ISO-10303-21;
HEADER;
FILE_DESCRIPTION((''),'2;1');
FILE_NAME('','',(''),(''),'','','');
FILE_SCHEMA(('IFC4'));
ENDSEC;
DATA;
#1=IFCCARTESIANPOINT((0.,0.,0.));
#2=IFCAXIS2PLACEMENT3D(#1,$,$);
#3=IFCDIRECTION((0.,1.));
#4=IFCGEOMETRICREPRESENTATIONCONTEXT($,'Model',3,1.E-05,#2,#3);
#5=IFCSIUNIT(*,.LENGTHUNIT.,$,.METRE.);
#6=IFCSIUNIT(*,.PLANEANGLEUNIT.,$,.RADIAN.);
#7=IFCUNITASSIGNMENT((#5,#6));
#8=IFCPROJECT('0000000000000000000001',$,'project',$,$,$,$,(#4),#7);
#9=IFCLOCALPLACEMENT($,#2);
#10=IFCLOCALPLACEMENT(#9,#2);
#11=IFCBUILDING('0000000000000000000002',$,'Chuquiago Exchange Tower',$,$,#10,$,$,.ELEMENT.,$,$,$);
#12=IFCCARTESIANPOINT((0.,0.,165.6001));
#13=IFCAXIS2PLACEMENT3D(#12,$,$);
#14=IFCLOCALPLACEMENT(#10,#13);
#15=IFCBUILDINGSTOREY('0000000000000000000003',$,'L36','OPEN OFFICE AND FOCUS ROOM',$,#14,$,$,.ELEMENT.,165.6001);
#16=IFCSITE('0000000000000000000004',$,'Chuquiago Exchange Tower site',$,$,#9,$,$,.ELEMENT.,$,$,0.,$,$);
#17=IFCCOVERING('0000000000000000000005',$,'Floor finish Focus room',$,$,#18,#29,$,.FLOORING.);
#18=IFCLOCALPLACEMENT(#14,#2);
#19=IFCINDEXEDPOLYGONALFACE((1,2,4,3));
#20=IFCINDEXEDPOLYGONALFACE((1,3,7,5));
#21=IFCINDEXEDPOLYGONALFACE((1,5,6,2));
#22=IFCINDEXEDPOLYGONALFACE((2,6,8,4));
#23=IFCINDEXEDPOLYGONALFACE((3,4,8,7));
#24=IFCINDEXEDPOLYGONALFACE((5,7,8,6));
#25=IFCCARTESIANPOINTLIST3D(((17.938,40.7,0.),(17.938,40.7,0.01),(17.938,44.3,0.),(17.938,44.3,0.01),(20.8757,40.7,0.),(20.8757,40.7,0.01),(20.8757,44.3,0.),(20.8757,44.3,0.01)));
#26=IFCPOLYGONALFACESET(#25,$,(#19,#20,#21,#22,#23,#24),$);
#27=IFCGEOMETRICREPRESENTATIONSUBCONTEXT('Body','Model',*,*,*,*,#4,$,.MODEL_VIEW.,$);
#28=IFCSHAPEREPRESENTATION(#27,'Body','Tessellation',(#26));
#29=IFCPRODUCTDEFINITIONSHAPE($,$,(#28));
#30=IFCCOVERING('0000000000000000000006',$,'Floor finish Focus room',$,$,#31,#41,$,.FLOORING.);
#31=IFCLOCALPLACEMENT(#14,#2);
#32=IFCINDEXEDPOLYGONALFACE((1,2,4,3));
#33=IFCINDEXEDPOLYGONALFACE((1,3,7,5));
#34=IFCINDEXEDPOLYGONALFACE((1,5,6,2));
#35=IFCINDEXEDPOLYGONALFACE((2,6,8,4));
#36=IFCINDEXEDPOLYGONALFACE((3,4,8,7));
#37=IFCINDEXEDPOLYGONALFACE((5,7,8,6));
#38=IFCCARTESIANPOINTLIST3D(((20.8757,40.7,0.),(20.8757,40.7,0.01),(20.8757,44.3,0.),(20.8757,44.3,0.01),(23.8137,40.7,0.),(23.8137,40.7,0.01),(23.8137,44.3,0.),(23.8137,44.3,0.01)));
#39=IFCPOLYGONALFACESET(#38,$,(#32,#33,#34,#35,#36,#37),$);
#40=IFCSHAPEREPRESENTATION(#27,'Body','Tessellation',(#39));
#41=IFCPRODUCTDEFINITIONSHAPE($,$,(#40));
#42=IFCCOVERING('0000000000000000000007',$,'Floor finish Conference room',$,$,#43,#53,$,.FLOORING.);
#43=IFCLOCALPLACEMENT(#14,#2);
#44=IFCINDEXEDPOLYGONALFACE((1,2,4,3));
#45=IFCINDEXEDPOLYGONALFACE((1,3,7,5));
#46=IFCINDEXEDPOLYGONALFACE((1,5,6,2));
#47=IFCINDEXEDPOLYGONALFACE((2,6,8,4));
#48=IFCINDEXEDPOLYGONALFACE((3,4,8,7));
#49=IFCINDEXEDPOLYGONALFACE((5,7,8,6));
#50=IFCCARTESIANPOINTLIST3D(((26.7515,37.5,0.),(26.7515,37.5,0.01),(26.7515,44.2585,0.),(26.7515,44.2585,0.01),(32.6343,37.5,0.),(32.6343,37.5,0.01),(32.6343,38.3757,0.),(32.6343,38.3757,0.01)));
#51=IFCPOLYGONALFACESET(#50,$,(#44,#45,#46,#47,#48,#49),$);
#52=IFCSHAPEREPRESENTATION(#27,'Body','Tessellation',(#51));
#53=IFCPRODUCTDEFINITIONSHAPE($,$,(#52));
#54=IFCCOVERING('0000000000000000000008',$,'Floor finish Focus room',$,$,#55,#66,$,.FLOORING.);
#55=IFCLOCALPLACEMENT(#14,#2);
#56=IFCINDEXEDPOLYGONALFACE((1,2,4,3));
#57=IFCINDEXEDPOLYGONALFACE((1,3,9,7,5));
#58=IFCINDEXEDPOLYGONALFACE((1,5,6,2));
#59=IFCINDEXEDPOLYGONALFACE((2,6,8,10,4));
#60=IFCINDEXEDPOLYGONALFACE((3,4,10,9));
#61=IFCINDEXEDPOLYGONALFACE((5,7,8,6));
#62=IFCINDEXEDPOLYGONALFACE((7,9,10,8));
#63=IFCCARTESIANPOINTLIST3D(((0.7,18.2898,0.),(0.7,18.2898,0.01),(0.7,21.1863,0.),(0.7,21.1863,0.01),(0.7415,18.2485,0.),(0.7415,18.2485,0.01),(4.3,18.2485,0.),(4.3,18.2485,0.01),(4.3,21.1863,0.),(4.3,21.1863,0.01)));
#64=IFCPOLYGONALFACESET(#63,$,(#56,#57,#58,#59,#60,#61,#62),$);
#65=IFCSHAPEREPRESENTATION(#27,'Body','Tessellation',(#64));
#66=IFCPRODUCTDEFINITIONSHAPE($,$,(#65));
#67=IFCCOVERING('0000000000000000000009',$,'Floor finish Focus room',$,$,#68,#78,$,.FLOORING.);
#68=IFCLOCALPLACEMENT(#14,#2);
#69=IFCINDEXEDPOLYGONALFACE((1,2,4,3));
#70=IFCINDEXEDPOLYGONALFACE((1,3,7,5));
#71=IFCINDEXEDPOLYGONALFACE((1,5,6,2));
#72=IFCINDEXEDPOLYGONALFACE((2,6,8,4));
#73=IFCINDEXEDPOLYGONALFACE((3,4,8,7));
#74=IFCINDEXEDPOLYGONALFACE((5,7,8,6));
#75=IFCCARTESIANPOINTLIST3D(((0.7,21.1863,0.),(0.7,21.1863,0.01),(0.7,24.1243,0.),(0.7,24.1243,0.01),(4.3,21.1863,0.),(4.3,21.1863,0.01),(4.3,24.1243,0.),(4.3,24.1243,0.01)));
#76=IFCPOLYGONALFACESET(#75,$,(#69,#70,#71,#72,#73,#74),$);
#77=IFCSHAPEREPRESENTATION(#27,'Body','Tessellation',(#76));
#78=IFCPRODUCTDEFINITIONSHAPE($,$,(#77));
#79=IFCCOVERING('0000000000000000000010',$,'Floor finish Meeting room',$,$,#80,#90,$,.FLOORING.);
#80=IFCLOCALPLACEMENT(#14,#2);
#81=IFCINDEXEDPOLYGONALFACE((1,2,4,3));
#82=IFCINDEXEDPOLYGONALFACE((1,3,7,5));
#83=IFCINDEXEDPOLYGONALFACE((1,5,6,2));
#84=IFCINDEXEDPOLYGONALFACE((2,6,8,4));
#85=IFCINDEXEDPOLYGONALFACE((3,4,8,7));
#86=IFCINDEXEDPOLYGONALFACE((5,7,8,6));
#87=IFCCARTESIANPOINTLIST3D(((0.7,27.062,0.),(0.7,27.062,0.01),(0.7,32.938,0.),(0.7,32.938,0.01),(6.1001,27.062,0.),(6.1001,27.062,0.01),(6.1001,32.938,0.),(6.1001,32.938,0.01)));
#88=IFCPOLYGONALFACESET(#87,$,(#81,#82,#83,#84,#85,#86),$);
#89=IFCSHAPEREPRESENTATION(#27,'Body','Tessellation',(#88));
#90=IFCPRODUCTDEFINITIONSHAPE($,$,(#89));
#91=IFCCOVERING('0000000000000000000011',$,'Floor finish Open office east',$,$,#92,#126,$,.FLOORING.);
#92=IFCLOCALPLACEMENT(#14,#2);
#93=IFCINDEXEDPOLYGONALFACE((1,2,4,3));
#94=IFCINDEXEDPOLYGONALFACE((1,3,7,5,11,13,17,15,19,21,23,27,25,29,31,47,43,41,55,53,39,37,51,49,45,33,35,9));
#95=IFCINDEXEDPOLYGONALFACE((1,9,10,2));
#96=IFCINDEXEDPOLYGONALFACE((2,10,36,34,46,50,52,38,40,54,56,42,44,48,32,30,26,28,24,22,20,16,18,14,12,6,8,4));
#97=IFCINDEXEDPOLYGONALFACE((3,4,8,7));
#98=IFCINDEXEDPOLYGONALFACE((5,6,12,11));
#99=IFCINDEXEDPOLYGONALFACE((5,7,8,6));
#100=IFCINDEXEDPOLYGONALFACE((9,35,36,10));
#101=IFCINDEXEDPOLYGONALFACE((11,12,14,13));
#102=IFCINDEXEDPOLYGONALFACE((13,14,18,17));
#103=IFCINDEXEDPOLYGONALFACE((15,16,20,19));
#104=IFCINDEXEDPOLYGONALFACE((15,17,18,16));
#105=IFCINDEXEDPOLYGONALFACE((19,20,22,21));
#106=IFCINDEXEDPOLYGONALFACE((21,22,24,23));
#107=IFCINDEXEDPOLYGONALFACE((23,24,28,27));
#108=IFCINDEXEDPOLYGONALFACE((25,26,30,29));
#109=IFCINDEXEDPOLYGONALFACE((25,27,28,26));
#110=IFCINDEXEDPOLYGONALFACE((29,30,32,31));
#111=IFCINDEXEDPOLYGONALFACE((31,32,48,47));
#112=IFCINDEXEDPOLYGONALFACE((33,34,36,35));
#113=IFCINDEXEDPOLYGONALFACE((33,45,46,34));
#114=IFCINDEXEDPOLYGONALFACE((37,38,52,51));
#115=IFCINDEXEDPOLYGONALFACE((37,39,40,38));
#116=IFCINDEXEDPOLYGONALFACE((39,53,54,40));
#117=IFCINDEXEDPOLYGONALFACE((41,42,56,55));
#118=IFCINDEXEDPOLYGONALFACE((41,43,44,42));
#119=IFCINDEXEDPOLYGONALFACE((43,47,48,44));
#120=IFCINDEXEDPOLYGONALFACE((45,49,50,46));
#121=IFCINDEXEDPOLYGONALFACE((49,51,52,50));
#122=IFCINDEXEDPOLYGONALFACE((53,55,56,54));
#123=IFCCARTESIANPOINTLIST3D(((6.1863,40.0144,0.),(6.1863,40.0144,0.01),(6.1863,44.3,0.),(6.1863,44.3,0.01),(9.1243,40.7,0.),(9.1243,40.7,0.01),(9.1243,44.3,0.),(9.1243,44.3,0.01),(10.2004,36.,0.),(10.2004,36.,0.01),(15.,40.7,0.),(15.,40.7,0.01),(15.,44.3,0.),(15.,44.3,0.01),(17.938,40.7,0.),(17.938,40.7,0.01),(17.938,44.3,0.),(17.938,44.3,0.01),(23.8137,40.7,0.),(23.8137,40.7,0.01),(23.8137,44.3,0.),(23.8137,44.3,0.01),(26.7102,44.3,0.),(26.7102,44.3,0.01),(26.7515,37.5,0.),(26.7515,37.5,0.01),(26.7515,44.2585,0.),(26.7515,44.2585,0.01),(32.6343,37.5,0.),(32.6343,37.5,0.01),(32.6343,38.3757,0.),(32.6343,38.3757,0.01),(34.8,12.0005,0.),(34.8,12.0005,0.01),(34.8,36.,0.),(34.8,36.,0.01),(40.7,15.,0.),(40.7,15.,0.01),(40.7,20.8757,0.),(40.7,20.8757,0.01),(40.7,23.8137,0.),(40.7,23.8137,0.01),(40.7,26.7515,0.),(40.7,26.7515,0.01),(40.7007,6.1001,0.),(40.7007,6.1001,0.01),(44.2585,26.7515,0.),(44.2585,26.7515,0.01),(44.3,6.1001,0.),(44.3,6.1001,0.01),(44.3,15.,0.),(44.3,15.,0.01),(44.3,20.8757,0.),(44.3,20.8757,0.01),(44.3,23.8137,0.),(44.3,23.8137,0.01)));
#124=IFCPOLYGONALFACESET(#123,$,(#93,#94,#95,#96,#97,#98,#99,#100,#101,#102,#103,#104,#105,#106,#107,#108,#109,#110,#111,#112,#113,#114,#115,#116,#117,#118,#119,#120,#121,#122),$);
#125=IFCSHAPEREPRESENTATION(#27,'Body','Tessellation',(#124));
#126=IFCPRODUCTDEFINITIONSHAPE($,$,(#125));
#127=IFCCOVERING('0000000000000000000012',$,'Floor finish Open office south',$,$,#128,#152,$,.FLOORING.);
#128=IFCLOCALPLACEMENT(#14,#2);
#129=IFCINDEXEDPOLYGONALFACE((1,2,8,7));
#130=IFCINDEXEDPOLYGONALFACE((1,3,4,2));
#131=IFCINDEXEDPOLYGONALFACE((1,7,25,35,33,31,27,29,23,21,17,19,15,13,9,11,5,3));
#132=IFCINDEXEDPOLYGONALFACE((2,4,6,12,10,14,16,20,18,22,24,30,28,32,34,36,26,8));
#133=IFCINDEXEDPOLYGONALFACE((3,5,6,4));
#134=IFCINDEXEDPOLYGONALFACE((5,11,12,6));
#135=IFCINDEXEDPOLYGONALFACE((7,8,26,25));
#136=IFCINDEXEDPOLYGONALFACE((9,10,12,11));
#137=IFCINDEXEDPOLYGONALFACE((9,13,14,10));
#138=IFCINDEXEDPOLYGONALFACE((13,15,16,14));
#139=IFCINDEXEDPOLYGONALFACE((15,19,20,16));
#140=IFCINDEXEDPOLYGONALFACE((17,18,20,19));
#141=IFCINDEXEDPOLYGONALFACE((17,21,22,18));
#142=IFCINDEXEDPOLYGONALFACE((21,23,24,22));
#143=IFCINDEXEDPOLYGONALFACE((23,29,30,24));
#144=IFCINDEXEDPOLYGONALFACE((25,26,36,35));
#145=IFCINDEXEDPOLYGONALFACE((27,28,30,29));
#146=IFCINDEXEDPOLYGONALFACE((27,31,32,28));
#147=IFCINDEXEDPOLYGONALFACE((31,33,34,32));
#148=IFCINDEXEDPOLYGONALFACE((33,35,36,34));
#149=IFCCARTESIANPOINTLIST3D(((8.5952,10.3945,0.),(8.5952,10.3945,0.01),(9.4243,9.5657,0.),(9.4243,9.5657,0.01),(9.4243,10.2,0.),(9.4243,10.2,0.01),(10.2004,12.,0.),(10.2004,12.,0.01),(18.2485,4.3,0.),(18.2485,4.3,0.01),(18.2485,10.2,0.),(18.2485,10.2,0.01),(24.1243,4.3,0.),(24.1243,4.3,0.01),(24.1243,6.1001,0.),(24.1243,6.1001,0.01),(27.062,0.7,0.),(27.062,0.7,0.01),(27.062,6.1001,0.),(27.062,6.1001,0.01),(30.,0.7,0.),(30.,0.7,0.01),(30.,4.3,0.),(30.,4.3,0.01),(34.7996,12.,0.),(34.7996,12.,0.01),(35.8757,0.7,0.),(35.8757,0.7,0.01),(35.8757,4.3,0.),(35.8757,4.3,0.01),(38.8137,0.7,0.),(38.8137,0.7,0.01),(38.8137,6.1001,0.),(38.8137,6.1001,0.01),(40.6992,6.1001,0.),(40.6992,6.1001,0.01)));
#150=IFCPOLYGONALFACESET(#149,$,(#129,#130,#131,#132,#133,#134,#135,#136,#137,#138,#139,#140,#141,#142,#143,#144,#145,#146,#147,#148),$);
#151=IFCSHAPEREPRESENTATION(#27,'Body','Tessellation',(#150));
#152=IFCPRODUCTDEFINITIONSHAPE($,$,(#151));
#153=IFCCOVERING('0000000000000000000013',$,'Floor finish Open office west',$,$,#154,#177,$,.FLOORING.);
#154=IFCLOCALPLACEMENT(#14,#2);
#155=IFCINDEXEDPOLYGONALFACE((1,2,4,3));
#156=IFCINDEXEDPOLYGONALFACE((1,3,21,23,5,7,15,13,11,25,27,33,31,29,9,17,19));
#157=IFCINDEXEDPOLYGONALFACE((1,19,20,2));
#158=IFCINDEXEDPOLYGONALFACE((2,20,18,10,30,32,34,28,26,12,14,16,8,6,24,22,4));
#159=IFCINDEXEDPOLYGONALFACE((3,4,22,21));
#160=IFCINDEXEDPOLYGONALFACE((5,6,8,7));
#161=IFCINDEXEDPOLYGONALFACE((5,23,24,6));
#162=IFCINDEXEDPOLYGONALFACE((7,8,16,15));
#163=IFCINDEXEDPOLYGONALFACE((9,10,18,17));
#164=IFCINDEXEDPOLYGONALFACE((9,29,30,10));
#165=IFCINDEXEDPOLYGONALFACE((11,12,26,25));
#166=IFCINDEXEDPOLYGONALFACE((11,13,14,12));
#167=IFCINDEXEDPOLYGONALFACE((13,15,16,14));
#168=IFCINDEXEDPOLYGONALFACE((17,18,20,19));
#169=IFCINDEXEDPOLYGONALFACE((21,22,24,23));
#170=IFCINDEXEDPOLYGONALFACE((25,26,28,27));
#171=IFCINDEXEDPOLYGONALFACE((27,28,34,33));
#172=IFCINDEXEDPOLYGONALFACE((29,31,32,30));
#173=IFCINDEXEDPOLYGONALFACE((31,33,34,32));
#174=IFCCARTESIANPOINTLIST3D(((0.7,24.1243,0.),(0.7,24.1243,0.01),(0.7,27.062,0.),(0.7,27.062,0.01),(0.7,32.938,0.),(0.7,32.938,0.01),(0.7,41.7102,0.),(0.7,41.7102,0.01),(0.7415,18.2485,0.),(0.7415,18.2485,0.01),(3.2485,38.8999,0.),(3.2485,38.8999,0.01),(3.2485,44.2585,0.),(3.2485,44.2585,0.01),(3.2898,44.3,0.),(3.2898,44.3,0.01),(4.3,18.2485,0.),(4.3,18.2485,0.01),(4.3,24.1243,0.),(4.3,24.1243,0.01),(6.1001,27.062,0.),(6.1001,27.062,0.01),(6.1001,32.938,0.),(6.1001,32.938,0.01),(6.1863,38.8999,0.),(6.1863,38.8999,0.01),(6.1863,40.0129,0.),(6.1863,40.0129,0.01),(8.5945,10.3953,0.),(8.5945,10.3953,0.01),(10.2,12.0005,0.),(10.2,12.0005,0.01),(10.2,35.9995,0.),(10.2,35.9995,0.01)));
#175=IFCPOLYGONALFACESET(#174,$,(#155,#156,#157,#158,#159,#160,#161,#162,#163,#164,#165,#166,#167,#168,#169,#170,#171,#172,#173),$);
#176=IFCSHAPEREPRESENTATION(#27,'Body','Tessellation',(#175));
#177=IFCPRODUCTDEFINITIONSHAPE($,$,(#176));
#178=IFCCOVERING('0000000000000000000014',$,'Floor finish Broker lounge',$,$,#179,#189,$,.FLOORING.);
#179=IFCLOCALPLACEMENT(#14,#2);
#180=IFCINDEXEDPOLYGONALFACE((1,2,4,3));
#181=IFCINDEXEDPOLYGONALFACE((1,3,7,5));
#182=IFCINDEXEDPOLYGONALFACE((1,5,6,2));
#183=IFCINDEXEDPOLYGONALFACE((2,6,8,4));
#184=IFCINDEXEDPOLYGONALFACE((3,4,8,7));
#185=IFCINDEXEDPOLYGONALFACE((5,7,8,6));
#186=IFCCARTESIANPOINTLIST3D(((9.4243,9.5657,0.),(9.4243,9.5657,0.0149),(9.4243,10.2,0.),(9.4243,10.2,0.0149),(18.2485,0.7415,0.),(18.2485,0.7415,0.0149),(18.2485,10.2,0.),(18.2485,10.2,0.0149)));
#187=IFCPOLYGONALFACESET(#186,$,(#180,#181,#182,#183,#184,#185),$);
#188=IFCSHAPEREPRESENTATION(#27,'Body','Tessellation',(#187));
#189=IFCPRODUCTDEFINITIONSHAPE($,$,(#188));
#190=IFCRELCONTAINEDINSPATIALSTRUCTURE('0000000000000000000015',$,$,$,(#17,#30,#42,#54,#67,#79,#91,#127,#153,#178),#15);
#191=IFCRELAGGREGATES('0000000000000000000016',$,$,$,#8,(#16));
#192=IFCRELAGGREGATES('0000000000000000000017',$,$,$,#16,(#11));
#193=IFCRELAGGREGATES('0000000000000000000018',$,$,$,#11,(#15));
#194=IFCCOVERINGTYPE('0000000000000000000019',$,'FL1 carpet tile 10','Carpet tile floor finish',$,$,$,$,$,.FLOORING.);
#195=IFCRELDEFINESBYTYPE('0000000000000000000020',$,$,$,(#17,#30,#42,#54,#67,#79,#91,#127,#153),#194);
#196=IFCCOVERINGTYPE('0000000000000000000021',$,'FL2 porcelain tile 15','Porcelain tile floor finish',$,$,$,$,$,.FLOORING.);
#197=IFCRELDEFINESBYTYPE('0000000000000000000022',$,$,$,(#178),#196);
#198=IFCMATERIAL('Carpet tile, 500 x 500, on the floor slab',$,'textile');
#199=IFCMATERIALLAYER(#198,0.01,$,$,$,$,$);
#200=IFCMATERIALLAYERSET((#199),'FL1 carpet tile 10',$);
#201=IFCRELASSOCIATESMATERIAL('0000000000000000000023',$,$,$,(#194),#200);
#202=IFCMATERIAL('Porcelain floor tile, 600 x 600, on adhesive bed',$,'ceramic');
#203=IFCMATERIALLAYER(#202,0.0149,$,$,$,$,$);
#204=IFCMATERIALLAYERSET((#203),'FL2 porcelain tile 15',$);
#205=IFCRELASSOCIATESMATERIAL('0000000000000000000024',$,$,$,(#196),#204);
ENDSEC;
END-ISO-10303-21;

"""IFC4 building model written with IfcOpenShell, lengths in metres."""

from ifc_helpers import new_model, si_unit, direction, frame, origin, place, context, subcontext, project, spatial, polyline, outline, extrude, material, layer, layer_set, type_object, element, save


model = new_model("IFC4")

# Units and contexts
model_context = context("Model", 3, precision=1e-05, world=origin(), true_north=direction((0.0, 1.0)))
body_context = subcontext(model_context, "Body", "Model", "MODEL_VIEW")
ifc_project = project(units=[si_unit("LENGTHUNIT", "METRE"), si_unit("PLANEANGLEUNIT", "RADIAN")], contexts=[model_context])

# Site, building, storey
site_placement = place(None, origin())
site = spatial("IfcSite", under=ifc_project, at=site_placement, Name="Chuquiago Exchange Tower site", CompositionType="ELEMENT", RefElevation=0.0)
building_placement = place(site_placement, origin())
building = spatial("IfcBuilding", under=site, at=building_placement, Name="Chuquiago Exchange Tower", CompositionType="ELEMENT")
storey_placement = place(building_placement, frame((0.0, 0.0, 165.6001)))
storey = spatial("IfcBuildingStorey", under=building, at=storey_placement, Name="L36", Description="OPEN OFFICE AND FOCUS ROOM", CompositionType="ELEMENT", Elevation=165.6001)

# Coverings
ifc_material_1 = material(Name="Carpet tile, 500 x 500, on the floor slab", Category="textile")
ifc_layer_1 = layer(ifc_material_1, 0.01)
ifc_layer_set_1 = layer_set([ifc_layer_1], Name="FL1 carpet tile 10")
covering_type_1 = type_object("IfcCoveringType", Name="FL1 carpet tile 10", Description="Carpet tile floor finish", PredefinedType="FLOORING", material=ifc_layer_set_1)
covering_1_placement = place(storey_placement, origin())
element("IfcCovering", 1, at=covering_1_placement, inside=storey, type_object=covering_type_1, Name="Floor finish Focus room", PredefinedType="FLOORING", context=body_context, shape_type="SweptSolid", body=[
    extrude(outline(polyline([(20.8757, 44.3), (20.8757, 40.7), (17.938, 40.7), (17.938, 44.3), (20.8757, 44.3)])), origin(), (0.0, 0.0, 1.0), 0.01),
])
covering_2_placement = place(storey_placement, origin())
element("IfcCovering", 2, at=covering_2_placement, inside=storey, type_object=covering_type_1, Name="Floor finish Focus room", PredefinedType="FLOORING", context=body_context, shape_type="SweptSolid", body=[
    extrude(outline(polyline([(23.8137, 44.3), (23.8137, 40.7), (20.8757, 40.7), (20.8757, 44.3), (23.8137, 44.3)])), origin(), (0.0, 0.0, 1.0), 0.01),
])
covering_3_placement = place(storey_placement, origin())
element("IfcCovering", 3, at=covering_3_placement, inside=storey, type_object=covering_type_1, Name="Floor finish Conference room", PredefinedType="FLOORING", context=body_context, shape_type="SweptSolid", body=[
    extrude(outline(polyline([(32.6343, 38.3757), (32.6343, 37.5), (26.7515, 37.5), (26.7515, 44.2585), (32.6343, 38.3757)])), origin(), (0.0, 0.0, 1.0), 0.01),
])
covering_4_placement = place(storey_placement, origin())
element("IfcCovering", 4, at=covering_4_placement, inside=storey, type_object=covering_type_1, Name="Floor finish Focus room", PredefinedType="FLOORING", context=body_context, shape_type="SweptSolid", body=[
    extrude(outline(polyline([(0.7, 21.1863), (4.3, 21.1863), (4.3, 18.2485), (0.7415, 18.2485), (0.7, 18.2898), (0.7, 21.1863)])), origin(), (0.0, 0.0, 1.0), 0.01),
])
covering_5_placement = place(storey_placement, origin())
element("IfcCovering", 5, at=covering_5_placement, inside=storey, type_object=covering_type_1, Name="Floor finish Focus room", PredefinedType="FLOORING", context=body_context, shape_type="SweptSolid", body=[
    extrude(outline(polyline([(0.7, 24.1243), (4.3, 24.1243), (4.3, 21.1863), (0.7, 21.1863), (0.7, 24.1243)])), origin(), (0.0, 0.0, 1.0), 0.01),
])
covering_6_placement = place(storey_placement, origin())
element("IfcCovering", 6, at=covering_6_placement, inside=storey, type_object=covering_type_1, Name="Floor finish Meeting room", PredefinedType="FLOORING", context=body_context, shape_type="SweptSolid", body=[
    extrude(outline(polyline([(0.7, 32.938), (6.1001, 32.938), (6.1001, 27.062), (0.7, 27.062), (0.7, 32.938)])), origin(), (0.0, 0.0, 1.0), 0.01),
])
covering_7_placement = place(storey_placement, origin())
element("IfcCovering", 7, at=covering_7_placement, inside=storey, type_object=covering_type_1, Name="Floor finish Open office east", PredefinedType="FLOORING", context=body_context, shape_type="SweptSolid", body=[
    extrude(outline(polyline([(6.1863, 44.3), (9.1243, 44.3), (9.1243, 40.7), (15.0, 40.7), (15.0, 44.3), (17.938, 44.3), (17.938, 40.7), (23.8137, 40.7), (23.8137, 44.3), (26.7102, 44.3), (26.7515, 44.2585), (26.7515, 37.5), (32.6343, 37.5), (32.6343, 38.3757), (44.2585, 26.7515), (40.7, 26.7515), (40.7, 23.8137), (44.3, 23.8137), (44.3, 20.8757), (40.7, 20.8757), (40.7, 15.0), (44.3, 15.0), (44.3, 6.1001), (40.7007, 6.1001), (34.8, 12.0005), (34.8, 36.0), (10.2004, 36.0), (6.1863, 40.0144), (6.1863, 44.3)])), origin(), (0.0, 0.0, 1.0), 0.01),
])
covering_8_placement = place(storey_placement, origin())
element("IfcCovering", 8, at=covering_8_placement, inside=storey, type_object=covering_type_1, Name="Floor finish Open office south", PredefinedType="FLOORING", context=body_context, shape_type="SweptSolid", body=[
    extrude(outline(polyline([(38.8137, 6.1001), (38.8137, 0.7), (35.8757, 0.7), (35.8757, 4.3), (30.0, 4.3), (30.0, 0.7), (27.062, 0.7), (27.062, 6.1001), (24.1243, 6.1001), (24.1243, 4.3), (18.2485, 4.3), (18.2485, 10.2), (9.4243, 10.2), (9.4243, 9.5657), (8.5952, 10.3945), (10.2004, 12.0), (34.7996, 12.0), (40.6992, 6.1001), (38.8137, 6.1001)])), origin(), (0.0, 0.0, 1.0), 0.01),
])
covering_9_placement = place(storey_placement, origin())
element("IfcCovering", 9, at=covering_9_placement, inside=storey, type_object=covering_type_1, Name="Floor finish Open office west", PredefinedType="FLOORING", context=body_context, shape_type="SweptSolid", body=[
    extrude(outline(polyline([(6.1001, 32.938), (0.7, 32.938), (0.7, 41.7102), (3.2898, 44.3), (3.2485, 44.2585), (3.2485, 38.8999), (6.1863, 38.8999), (6.1863, 40.0129), (10.2, 35.9995), (10.2, 12.0005), (8.5945, 10.3953), (0.7415, 18.2485), (4.3, 18.2485), (4.3, 24.1243), (0.7, 24.1243), (0.7, 27.062), (6.1001, 27.062), (6.1001, 32.938)])), origin(), (0.0, 0.0, 1.0), 0.01),
])
ifc_material_2 = material(Name="Porcelain floor tile, 600 x 600, on adhesive bed", Category="ceramic")
ifc_layer_2 = layer(ifc_material_2, 0.0149)
ifc_layer_set_2 = layer_set([ifc_layer_2], Name="FL2 porcelain tile 15")
covering_type_2 = type_object("IfcCoveringType", Name="FL2 porcelain tile 15", Description="Porcelain tile floor finish", PredefinedType="FLOORING", material=ifc_layer_set_2)
covering_10_placement = place(storey_placement, origin())
element("IfcCovering", 10, at=covering_10_placement, inside=storey, type_object=covering_type_2, Name="Floor finish Broker lounge", PredefinedType="FLOORING", context=body_context, shape_type="SweptSolid", body=[
    extrude(outline(polyline([(9.4243, 9.5657), (9.4243, 10.2), (18.2485, 10.2), (18.2485, 0.7415), (9.4243, 9.5657)])), origin(), (0.0, 0.0, 1.0), 0.0149),
])

save(model, "model.ifc")
